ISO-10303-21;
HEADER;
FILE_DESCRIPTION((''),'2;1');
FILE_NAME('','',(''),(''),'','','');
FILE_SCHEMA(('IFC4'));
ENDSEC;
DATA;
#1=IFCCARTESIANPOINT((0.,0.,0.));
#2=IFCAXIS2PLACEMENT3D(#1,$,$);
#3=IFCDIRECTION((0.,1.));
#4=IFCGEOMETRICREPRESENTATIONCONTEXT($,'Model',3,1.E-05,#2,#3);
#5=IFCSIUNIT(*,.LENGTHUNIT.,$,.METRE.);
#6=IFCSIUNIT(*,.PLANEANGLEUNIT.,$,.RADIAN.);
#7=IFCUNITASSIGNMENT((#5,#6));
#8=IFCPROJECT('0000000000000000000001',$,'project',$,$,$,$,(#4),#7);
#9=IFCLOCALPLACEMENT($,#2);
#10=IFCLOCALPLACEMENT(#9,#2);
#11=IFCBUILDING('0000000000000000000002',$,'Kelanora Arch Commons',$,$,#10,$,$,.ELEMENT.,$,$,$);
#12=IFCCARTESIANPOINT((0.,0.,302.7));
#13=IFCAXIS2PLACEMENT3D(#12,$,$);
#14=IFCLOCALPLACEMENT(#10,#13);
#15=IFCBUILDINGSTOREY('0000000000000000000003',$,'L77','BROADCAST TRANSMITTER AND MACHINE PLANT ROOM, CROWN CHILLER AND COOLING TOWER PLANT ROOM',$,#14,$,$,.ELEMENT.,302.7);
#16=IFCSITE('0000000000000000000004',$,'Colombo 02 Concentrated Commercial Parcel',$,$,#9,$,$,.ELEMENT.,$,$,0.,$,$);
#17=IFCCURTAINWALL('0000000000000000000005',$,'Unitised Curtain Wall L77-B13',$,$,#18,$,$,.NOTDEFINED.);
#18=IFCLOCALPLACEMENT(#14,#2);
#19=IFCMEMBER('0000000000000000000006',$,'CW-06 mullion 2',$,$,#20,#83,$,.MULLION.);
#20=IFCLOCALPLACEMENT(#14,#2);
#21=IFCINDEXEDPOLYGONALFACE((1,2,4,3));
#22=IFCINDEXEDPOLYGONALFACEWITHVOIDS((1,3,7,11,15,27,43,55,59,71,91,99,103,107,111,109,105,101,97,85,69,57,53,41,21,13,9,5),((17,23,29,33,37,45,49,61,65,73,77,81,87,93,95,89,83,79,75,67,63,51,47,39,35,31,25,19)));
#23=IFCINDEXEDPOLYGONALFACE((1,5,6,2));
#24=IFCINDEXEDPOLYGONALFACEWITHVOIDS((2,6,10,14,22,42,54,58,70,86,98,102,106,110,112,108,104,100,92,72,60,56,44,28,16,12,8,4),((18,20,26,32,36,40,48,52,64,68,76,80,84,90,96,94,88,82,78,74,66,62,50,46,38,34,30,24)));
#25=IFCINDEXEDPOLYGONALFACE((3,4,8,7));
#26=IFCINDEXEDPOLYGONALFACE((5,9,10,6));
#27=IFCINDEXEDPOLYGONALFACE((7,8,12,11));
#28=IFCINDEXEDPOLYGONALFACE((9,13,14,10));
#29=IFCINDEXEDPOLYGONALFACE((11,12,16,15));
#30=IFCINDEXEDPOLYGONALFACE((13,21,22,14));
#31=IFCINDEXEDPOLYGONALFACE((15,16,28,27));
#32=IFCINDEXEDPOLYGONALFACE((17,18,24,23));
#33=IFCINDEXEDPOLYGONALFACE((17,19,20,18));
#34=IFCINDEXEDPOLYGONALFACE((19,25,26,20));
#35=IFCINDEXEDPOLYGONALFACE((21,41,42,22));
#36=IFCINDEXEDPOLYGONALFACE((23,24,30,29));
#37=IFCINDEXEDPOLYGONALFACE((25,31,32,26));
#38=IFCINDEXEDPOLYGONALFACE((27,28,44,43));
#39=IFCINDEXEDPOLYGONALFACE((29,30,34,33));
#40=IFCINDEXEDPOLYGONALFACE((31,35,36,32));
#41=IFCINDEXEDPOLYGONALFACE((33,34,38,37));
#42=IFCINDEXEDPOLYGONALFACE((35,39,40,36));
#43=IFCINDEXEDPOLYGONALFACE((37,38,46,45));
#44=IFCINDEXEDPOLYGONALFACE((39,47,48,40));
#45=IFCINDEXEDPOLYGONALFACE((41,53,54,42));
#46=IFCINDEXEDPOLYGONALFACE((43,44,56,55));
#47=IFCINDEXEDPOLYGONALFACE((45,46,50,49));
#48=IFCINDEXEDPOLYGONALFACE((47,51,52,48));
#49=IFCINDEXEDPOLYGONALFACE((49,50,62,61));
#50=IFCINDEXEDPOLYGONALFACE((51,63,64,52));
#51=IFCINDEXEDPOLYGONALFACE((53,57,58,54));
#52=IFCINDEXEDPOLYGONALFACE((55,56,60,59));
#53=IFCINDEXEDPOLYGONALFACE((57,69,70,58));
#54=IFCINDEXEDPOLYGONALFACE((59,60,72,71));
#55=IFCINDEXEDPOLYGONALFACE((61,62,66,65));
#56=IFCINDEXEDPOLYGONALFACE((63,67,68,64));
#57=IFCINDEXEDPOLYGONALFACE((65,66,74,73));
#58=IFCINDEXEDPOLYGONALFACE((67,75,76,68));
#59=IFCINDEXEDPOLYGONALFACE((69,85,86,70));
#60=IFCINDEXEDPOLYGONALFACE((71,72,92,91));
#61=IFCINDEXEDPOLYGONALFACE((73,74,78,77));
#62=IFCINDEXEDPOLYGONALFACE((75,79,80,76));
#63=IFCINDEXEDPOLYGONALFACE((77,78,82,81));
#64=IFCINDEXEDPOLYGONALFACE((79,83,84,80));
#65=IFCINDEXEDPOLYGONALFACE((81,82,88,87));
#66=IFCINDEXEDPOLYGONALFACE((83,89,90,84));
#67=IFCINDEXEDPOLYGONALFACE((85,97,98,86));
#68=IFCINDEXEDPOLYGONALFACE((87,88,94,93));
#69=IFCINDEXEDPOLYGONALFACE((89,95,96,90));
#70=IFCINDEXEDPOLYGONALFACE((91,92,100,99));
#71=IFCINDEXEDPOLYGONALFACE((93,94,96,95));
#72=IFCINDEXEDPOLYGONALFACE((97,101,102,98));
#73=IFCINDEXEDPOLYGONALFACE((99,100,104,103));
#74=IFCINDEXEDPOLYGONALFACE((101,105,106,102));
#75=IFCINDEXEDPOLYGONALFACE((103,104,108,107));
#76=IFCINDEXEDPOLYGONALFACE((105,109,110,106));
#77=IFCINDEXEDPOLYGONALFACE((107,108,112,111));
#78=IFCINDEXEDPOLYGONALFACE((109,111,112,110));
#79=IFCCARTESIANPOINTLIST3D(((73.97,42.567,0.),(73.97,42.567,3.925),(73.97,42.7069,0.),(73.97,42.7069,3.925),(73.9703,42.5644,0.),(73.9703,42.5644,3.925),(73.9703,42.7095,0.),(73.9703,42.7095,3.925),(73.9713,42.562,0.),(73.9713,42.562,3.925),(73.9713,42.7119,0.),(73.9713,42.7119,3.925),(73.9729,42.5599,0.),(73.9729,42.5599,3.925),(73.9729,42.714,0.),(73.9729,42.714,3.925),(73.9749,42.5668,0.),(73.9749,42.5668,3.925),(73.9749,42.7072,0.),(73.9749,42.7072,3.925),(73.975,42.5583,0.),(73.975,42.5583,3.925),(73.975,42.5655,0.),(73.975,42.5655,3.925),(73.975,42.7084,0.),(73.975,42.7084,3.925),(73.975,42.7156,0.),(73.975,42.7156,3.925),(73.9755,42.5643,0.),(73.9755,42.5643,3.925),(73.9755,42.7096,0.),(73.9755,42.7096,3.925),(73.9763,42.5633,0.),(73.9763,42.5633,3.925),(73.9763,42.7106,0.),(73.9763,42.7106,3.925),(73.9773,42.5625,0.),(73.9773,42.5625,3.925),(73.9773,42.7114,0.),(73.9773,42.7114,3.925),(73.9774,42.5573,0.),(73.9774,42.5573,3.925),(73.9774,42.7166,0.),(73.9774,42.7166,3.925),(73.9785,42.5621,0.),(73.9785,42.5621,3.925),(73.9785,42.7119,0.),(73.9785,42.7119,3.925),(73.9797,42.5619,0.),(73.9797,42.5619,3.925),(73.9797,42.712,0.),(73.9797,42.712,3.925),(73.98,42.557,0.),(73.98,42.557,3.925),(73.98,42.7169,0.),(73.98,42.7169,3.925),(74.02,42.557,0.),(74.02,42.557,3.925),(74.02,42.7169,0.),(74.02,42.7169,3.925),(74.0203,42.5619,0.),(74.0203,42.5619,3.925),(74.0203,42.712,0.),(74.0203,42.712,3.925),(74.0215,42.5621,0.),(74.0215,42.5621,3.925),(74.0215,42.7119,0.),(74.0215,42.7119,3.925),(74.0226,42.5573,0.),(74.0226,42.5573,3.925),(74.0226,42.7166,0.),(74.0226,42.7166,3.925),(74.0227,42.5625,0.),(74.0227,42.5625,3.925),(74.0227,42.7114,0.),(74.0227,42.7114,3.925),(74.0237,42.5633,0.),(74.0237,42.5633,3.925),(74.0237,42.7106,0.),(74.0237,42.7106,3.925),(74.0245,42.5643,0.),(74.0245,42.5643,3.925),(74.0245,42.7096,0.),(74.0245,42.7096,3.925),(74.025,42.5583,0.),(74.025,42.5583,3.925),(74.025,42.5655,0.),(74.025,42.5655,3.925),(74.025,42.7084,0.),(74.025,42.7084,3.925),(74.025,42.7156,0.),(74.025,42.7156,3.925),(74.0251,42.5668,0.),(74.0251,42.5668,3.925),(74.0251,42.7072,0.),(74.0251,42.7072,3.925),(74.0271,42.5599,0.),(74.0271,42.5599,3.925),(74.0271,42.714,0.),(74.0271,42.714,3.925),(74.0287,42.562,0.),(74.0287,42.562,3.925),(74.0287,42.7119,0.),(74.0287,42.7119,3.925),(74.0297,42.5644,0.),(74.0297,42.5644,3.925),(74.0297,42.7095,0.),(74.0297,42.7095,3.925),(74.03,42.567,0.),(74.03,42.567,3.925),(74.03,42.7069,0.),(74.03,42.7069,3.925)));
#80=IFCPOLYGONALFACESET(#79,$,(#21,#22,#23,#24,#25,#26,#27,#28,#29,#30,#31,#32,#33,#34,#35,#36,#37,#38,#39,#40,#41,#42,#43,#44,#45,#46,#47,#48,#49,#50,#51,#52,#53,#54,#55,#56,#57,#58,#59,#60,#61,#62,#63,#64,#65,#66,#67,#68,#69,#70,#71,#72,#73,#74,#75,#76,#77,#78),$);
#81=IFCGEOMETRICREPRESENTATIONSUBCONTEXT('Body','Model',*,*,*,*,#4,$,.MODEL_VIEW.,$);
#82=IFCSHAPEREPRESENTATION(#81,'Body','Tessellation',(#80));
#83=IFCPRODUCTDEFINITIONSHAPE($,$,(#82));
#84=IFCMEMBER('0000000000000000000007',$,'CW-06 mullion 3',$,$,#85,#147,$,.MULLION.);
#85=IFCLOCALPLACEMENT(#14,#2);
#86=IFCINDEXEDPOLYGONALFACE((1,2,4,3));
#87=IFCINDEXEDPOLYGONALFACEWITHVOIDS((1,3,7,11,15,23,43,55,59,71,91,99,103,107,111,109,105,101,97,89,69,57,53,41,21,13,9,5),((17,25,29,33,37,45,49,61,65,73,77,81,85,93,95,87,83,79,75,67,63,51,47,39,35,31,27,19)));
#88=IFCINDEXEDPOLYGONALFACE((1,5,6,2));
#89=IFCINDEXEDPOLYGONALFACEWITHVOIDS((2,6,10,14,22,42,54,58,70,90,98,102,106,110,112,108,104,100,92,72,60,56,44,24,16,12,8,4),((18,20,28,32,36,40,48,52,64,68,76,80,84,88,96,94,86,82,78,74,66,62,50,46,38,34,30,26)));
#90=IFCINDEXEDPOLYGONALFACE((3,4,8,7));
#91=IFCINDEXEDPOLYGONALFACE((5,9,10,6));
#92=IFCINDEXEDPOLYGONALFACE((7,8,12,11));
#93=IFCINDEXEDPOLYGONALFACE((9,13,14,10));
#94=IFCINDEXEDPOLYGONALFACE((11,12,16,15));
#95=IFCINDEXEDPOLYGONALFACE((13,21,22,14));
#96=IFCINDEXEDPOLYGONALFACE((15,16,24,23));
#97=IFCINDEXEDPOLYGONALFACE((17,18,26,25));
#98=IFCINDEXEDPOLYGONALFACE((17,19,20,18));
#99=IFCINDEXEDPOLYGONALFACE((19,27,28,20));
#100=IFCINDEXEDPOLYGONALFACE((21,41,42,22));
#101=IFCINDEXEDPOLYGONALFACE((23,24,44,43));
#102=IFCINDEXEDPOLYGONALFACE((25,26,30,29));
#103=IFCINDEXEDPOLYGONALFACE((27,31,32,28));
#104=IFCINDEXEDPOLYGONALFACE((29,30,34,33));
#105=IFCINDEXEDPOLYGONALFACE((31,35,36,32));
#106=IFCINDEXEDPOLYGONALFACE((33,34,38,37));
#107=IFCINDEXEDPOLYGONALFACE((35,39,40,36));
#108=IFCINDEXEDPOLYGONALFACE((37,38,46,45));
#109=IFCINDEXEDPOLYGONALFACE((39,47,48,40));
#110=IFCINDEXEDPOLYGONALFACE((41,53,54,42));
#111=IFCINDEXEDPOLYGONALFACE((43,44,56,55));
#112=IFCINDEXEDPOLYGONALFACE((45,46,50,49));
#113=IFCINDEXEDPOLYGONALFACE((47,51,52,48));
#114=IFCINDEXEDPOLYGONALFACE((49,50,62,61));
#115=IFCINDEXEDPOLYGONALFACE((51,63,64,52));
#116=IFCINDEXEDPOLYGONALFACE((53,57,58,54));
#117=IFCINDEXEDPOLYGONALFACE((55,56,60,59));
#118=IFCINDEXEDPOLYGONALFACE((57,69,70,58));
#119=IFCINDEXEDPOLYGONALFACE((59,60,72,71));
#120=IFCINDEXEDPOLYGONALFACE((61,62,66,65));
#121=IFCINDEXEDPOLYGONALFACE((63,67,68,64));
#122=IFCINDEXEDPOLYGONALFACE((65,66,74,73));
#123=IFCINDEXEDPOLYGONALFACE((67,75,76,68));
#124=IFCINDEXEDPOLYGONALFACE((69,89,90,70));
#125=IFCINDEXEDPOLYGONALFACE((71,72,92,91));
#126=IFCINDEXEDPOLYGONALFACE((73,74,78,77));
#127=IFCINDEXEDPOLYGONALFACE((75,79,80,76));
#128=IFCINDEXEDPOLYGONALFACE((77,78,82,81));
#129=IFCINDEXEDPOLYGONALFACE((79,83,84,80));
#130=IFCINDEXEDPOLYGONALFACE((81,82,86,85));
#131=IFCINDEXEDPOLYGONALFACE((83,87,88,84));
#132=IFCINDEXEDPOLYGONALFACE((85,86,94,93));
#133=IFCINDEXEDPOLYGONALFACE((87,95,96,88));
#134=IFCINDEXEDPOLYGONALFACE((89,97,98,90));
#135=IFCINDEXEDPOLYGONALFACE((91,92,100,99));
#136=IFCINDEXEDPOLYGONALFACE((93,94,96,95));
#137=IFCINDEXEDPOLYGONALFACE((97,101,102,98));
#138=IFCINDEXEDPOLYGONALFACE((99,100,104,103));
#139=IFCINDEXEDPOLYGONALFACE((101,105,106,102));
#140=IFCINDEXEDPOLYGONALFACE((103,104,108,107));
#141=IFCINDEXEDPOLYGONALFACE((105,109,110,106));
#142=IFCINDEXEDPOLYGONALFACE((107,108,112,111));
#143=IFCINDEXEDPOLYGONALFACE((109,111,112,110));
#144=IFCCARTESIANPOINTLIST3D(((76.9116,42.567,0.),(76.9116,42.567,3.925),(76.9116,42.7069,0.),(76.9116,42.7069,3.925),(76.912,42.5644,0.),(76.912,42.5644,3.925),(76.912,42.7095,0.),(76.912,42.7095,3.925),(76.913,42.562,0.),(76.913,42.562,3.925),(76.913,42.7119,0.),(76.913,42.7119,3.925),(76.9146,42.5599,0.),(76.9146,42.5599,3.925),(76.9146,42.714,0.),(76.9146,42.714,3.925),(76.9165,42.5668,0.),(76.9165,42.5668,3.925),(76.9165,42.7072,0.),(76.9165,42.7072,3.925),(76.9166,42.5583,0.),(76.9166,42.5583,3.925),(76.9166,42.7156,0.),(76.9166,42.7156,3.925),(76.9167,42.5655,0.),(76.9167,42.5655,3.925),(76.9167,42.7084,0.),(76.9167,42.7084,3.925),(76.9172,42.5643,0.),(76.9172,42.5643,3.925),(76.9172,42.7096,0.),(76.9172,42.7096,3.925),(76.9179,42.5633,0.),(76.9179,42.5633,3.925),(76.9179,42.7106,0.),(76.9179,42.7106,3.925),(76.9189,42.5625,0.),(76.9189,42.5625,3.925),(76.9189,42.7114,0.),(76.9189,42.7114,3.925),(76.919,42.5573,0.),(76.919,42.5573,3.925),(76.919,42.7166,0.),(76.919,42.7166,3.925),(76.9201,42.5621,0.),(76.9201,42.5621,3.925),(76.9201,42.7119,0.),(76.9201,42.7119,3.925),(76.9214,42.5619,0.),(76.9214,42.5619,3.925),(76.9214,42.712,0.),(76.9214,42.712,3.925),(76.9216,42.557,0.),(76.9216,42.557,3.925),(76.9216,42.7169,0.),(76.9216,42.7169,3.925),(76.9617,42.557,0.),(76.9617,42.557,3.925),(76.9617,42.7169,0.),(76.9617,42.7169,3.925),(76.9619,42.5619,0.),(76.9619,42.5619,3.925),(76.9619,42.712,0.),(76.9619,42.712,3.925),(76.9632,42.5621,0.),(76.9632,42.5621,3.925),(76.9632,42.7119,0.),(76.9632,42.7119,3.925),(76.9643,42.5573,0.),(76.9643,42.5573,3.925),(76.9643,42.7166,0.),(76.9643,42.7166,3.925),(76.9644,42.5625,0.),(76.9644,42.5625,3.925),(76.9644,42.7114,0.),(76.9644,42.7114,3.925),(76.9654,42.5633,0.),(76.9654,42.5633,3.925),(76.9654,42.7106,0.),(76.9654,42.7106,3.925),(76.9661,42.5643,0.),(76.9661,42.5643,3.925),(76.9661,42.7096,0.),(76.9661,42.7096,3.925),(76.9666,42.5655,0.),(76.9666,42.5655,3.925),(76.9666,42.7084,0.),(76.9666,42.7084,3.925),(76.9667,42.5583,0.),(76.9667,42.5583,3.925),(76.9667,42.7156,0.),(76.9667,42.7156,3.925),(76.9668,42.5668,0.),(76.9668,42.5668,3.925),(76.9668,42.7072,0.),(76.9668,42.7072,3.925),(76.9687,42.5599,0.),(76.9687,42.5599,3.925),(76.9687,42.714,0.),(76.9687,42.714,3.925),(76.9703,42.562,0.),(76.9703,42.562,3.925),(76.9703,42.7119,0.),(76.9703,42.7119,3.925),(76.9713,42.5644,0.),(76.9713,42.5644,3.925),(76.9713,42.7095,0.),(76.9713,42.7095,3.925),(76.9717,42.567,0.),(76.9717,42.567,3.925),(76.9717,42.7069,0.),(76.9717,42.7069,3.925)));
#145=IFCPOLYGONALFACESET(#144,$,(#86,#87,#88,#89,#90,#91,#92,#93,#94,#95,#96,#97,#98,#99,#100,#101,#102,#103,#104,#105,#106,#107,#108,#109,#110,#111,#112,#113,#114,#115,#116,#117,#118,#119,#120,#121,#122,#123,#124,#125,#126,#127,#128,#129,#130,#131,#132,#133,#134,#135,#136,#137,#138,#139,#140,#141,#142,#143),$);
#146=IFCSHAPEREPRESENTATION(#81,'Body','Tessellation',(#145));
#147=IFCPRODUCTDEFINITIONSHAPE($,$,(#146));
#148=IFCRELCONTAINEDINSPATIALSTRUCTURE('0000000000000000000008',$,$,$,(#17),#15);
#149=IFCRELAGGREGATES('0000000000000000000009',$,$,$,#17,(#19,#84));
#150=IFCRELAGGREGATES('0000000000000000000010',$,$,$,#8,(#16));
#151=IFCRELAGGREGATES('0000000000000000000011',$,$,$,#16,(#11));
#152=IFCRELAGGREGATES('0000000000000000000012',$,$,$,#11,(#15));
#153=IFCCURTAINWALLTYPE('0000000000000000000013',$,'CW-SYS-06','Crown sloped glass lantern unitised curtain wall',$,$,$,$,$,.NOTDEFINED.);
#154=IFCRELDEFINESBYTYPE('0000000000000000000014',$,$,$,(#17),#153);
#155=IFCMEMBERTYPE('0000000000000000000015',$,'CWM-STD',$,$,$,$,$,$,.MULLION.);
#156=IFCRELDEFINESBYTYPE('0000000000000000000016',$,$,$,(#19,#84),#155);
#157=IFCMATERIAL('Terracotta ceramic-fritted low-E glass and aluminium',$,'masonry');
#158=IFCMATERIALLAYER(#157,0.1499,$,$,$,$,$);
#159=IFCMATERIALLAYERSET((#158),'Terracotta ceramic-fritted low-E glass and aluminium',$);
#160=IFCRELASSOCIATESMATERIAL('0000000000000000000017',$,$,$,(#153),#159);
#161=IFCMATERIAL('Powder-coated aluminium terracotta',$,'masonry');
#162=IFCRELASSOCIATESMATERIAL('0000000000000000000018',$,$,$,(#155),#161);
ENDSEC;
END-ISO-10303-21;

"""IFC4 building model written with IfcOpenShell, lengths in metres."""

from ifc_helpers import new_model, si_unit, direction, frame, origin, origin_2d, place, context, subcontext, project, spatial, hollow_rectangle, extrude, material, layer, layer_set, material_profile, profile_set, type_object, element, aggregate, save


model = new_model("IFC4")

# Units and contexts
model_context = context("Model", 3, precision=1e-05, world=origin(), true_north=direction((0.0, 1.0)))
body_context = subcontext(model_context, "Body", "Model", "MODEL_VIEW")
ifc_project = project(units=[si_unit("LENGTHUNIT", "METRE"), si_unit("PLANEANGLEUNIT", "RADIAN")], contexts=[model_context])

# Site, building, storey
site_placement = place(None, origin())
site = spatial("IfcSite", under=ifc_project, at=site_placement, Name="Colombo 02 Concentrated Commercial Parcel", CompositionType="ELEMENT", RefElevation=0.0)
building_placement = place(site_placement, origin())
building = spatial("IfcBuilding", under=site, at=building_placement, Name="Kelanora Arch Commons", CompositionType="ELEMENT")
storey_placement = place(building_placement, frame((0.0, 0.0, 302.7)))
storey = spatial("IfcBuildingStorey", under=building, at=storey_placement, Name="L77", Description="BROADCAST TRANSMITTER AND MACHINE PLANT ROOM, CROWN CHILLER AND COOLING TOWER PLANT ROOM", CompositionType="ELEMENT", Elevation=302.7)

# Curtain wall, members
ifc_material_1 = material(Name="Terracotta ceramic-fritted low-E glass and aluminium", Category="masonry")
ifc_layer_1 = layer(ifc_material_1, 0.1499)
ifc_layer_set_1 = layer_set([ifc_layer_1], Name="Terracotta ceramic-fritted low-E glass and aluminium")
curtain_wall_type = type_object("IfcCurtainWallType", Name="CW-SYS-06", Description="Crown sloped glass lantern unitised curtain wall", PredefinedType="NOTDEFINED", material=ifc_layer_set_1)
curtain_wall_1_placement = place(storey_placement, origin())
curtain_wall_1 = element("IfcCurtainWall", 1, at=curtain_wall_1_placement, inside=storey, type_object=curtain_wall_type, Name="Unitised Curtain Wall L77-B13", PredefinedType="NOTDEFINED")
ifc_material_2 = material(Name="Powder-coated aluminium terracotta", Category="masonry")
ifc_material_profile_1 = material_profile(ifc_material_2, hollow_rectangle(XDim=0.1599, YDim=0.0601, WallThickness=0.0049, InnerFilletRadius=0.0049, OuterFilletRadius=0.01, at=origin_2d()), Name="CWM160x60")
ifc_profile_set_1 = profile_set([ifc_material_profile_1], Name="Powder-coated aluminium terracotta")
member_type_1 = type_object("IfcMemberType", Name="CWM-STD", PredefinedType="MULLION", material=ifc_profile_set_1)
member_1_placement = place(storey_placement, frame((74.0, 42.637, 0.0), z_axis=(0.0, 0.0, 1.0), x_axis=(0.0, 1.0, 0.0)))
member_1 = element("IfcMember", 2, at=member_1_placement, type_object=member_type_1, Name="CW-06 mullion 2", PredefinedType="MULLION", context=body_context, shape_type="SweptSolid", body=[
    extrude(hollow_rectangle(XDim=0.1599, YDim=0.0601, WallThickness=0.0049, InnerFilletRadius=0.0049, OuterFilletRadius=0.01, at=origin_2d()), origin(), (0.0, 0.0, 1.0), 3.925),
])
member_2_placement = place(storey_placement, frame((76.9417, 42.637, 0.0), z_axis=(0.0, 0.0, 1.0), x_axis=(0.0, 1.0, 0.0)))
member_2 = element("IfcMember", 3, at=member_2_placement, type_object=member_type_1, Name="CW-06 mullion 3", PredefinedType="MULLION", context=body_context, shape_type="SweptSolid", body=[
    extrude(hollow_rectangle(XDim=0.1599, YDim=0.0601, WallThickness=0.0049, InnerFilletRadius=0.0049, OuterFilletRadius=0.01, at=origin_2d()), origin(), (0.0, 0.0, 1.0), 3.925),
])

aggregate(curtain_wall_1, [member_1, member_2])

save(model, "model.ifc")
